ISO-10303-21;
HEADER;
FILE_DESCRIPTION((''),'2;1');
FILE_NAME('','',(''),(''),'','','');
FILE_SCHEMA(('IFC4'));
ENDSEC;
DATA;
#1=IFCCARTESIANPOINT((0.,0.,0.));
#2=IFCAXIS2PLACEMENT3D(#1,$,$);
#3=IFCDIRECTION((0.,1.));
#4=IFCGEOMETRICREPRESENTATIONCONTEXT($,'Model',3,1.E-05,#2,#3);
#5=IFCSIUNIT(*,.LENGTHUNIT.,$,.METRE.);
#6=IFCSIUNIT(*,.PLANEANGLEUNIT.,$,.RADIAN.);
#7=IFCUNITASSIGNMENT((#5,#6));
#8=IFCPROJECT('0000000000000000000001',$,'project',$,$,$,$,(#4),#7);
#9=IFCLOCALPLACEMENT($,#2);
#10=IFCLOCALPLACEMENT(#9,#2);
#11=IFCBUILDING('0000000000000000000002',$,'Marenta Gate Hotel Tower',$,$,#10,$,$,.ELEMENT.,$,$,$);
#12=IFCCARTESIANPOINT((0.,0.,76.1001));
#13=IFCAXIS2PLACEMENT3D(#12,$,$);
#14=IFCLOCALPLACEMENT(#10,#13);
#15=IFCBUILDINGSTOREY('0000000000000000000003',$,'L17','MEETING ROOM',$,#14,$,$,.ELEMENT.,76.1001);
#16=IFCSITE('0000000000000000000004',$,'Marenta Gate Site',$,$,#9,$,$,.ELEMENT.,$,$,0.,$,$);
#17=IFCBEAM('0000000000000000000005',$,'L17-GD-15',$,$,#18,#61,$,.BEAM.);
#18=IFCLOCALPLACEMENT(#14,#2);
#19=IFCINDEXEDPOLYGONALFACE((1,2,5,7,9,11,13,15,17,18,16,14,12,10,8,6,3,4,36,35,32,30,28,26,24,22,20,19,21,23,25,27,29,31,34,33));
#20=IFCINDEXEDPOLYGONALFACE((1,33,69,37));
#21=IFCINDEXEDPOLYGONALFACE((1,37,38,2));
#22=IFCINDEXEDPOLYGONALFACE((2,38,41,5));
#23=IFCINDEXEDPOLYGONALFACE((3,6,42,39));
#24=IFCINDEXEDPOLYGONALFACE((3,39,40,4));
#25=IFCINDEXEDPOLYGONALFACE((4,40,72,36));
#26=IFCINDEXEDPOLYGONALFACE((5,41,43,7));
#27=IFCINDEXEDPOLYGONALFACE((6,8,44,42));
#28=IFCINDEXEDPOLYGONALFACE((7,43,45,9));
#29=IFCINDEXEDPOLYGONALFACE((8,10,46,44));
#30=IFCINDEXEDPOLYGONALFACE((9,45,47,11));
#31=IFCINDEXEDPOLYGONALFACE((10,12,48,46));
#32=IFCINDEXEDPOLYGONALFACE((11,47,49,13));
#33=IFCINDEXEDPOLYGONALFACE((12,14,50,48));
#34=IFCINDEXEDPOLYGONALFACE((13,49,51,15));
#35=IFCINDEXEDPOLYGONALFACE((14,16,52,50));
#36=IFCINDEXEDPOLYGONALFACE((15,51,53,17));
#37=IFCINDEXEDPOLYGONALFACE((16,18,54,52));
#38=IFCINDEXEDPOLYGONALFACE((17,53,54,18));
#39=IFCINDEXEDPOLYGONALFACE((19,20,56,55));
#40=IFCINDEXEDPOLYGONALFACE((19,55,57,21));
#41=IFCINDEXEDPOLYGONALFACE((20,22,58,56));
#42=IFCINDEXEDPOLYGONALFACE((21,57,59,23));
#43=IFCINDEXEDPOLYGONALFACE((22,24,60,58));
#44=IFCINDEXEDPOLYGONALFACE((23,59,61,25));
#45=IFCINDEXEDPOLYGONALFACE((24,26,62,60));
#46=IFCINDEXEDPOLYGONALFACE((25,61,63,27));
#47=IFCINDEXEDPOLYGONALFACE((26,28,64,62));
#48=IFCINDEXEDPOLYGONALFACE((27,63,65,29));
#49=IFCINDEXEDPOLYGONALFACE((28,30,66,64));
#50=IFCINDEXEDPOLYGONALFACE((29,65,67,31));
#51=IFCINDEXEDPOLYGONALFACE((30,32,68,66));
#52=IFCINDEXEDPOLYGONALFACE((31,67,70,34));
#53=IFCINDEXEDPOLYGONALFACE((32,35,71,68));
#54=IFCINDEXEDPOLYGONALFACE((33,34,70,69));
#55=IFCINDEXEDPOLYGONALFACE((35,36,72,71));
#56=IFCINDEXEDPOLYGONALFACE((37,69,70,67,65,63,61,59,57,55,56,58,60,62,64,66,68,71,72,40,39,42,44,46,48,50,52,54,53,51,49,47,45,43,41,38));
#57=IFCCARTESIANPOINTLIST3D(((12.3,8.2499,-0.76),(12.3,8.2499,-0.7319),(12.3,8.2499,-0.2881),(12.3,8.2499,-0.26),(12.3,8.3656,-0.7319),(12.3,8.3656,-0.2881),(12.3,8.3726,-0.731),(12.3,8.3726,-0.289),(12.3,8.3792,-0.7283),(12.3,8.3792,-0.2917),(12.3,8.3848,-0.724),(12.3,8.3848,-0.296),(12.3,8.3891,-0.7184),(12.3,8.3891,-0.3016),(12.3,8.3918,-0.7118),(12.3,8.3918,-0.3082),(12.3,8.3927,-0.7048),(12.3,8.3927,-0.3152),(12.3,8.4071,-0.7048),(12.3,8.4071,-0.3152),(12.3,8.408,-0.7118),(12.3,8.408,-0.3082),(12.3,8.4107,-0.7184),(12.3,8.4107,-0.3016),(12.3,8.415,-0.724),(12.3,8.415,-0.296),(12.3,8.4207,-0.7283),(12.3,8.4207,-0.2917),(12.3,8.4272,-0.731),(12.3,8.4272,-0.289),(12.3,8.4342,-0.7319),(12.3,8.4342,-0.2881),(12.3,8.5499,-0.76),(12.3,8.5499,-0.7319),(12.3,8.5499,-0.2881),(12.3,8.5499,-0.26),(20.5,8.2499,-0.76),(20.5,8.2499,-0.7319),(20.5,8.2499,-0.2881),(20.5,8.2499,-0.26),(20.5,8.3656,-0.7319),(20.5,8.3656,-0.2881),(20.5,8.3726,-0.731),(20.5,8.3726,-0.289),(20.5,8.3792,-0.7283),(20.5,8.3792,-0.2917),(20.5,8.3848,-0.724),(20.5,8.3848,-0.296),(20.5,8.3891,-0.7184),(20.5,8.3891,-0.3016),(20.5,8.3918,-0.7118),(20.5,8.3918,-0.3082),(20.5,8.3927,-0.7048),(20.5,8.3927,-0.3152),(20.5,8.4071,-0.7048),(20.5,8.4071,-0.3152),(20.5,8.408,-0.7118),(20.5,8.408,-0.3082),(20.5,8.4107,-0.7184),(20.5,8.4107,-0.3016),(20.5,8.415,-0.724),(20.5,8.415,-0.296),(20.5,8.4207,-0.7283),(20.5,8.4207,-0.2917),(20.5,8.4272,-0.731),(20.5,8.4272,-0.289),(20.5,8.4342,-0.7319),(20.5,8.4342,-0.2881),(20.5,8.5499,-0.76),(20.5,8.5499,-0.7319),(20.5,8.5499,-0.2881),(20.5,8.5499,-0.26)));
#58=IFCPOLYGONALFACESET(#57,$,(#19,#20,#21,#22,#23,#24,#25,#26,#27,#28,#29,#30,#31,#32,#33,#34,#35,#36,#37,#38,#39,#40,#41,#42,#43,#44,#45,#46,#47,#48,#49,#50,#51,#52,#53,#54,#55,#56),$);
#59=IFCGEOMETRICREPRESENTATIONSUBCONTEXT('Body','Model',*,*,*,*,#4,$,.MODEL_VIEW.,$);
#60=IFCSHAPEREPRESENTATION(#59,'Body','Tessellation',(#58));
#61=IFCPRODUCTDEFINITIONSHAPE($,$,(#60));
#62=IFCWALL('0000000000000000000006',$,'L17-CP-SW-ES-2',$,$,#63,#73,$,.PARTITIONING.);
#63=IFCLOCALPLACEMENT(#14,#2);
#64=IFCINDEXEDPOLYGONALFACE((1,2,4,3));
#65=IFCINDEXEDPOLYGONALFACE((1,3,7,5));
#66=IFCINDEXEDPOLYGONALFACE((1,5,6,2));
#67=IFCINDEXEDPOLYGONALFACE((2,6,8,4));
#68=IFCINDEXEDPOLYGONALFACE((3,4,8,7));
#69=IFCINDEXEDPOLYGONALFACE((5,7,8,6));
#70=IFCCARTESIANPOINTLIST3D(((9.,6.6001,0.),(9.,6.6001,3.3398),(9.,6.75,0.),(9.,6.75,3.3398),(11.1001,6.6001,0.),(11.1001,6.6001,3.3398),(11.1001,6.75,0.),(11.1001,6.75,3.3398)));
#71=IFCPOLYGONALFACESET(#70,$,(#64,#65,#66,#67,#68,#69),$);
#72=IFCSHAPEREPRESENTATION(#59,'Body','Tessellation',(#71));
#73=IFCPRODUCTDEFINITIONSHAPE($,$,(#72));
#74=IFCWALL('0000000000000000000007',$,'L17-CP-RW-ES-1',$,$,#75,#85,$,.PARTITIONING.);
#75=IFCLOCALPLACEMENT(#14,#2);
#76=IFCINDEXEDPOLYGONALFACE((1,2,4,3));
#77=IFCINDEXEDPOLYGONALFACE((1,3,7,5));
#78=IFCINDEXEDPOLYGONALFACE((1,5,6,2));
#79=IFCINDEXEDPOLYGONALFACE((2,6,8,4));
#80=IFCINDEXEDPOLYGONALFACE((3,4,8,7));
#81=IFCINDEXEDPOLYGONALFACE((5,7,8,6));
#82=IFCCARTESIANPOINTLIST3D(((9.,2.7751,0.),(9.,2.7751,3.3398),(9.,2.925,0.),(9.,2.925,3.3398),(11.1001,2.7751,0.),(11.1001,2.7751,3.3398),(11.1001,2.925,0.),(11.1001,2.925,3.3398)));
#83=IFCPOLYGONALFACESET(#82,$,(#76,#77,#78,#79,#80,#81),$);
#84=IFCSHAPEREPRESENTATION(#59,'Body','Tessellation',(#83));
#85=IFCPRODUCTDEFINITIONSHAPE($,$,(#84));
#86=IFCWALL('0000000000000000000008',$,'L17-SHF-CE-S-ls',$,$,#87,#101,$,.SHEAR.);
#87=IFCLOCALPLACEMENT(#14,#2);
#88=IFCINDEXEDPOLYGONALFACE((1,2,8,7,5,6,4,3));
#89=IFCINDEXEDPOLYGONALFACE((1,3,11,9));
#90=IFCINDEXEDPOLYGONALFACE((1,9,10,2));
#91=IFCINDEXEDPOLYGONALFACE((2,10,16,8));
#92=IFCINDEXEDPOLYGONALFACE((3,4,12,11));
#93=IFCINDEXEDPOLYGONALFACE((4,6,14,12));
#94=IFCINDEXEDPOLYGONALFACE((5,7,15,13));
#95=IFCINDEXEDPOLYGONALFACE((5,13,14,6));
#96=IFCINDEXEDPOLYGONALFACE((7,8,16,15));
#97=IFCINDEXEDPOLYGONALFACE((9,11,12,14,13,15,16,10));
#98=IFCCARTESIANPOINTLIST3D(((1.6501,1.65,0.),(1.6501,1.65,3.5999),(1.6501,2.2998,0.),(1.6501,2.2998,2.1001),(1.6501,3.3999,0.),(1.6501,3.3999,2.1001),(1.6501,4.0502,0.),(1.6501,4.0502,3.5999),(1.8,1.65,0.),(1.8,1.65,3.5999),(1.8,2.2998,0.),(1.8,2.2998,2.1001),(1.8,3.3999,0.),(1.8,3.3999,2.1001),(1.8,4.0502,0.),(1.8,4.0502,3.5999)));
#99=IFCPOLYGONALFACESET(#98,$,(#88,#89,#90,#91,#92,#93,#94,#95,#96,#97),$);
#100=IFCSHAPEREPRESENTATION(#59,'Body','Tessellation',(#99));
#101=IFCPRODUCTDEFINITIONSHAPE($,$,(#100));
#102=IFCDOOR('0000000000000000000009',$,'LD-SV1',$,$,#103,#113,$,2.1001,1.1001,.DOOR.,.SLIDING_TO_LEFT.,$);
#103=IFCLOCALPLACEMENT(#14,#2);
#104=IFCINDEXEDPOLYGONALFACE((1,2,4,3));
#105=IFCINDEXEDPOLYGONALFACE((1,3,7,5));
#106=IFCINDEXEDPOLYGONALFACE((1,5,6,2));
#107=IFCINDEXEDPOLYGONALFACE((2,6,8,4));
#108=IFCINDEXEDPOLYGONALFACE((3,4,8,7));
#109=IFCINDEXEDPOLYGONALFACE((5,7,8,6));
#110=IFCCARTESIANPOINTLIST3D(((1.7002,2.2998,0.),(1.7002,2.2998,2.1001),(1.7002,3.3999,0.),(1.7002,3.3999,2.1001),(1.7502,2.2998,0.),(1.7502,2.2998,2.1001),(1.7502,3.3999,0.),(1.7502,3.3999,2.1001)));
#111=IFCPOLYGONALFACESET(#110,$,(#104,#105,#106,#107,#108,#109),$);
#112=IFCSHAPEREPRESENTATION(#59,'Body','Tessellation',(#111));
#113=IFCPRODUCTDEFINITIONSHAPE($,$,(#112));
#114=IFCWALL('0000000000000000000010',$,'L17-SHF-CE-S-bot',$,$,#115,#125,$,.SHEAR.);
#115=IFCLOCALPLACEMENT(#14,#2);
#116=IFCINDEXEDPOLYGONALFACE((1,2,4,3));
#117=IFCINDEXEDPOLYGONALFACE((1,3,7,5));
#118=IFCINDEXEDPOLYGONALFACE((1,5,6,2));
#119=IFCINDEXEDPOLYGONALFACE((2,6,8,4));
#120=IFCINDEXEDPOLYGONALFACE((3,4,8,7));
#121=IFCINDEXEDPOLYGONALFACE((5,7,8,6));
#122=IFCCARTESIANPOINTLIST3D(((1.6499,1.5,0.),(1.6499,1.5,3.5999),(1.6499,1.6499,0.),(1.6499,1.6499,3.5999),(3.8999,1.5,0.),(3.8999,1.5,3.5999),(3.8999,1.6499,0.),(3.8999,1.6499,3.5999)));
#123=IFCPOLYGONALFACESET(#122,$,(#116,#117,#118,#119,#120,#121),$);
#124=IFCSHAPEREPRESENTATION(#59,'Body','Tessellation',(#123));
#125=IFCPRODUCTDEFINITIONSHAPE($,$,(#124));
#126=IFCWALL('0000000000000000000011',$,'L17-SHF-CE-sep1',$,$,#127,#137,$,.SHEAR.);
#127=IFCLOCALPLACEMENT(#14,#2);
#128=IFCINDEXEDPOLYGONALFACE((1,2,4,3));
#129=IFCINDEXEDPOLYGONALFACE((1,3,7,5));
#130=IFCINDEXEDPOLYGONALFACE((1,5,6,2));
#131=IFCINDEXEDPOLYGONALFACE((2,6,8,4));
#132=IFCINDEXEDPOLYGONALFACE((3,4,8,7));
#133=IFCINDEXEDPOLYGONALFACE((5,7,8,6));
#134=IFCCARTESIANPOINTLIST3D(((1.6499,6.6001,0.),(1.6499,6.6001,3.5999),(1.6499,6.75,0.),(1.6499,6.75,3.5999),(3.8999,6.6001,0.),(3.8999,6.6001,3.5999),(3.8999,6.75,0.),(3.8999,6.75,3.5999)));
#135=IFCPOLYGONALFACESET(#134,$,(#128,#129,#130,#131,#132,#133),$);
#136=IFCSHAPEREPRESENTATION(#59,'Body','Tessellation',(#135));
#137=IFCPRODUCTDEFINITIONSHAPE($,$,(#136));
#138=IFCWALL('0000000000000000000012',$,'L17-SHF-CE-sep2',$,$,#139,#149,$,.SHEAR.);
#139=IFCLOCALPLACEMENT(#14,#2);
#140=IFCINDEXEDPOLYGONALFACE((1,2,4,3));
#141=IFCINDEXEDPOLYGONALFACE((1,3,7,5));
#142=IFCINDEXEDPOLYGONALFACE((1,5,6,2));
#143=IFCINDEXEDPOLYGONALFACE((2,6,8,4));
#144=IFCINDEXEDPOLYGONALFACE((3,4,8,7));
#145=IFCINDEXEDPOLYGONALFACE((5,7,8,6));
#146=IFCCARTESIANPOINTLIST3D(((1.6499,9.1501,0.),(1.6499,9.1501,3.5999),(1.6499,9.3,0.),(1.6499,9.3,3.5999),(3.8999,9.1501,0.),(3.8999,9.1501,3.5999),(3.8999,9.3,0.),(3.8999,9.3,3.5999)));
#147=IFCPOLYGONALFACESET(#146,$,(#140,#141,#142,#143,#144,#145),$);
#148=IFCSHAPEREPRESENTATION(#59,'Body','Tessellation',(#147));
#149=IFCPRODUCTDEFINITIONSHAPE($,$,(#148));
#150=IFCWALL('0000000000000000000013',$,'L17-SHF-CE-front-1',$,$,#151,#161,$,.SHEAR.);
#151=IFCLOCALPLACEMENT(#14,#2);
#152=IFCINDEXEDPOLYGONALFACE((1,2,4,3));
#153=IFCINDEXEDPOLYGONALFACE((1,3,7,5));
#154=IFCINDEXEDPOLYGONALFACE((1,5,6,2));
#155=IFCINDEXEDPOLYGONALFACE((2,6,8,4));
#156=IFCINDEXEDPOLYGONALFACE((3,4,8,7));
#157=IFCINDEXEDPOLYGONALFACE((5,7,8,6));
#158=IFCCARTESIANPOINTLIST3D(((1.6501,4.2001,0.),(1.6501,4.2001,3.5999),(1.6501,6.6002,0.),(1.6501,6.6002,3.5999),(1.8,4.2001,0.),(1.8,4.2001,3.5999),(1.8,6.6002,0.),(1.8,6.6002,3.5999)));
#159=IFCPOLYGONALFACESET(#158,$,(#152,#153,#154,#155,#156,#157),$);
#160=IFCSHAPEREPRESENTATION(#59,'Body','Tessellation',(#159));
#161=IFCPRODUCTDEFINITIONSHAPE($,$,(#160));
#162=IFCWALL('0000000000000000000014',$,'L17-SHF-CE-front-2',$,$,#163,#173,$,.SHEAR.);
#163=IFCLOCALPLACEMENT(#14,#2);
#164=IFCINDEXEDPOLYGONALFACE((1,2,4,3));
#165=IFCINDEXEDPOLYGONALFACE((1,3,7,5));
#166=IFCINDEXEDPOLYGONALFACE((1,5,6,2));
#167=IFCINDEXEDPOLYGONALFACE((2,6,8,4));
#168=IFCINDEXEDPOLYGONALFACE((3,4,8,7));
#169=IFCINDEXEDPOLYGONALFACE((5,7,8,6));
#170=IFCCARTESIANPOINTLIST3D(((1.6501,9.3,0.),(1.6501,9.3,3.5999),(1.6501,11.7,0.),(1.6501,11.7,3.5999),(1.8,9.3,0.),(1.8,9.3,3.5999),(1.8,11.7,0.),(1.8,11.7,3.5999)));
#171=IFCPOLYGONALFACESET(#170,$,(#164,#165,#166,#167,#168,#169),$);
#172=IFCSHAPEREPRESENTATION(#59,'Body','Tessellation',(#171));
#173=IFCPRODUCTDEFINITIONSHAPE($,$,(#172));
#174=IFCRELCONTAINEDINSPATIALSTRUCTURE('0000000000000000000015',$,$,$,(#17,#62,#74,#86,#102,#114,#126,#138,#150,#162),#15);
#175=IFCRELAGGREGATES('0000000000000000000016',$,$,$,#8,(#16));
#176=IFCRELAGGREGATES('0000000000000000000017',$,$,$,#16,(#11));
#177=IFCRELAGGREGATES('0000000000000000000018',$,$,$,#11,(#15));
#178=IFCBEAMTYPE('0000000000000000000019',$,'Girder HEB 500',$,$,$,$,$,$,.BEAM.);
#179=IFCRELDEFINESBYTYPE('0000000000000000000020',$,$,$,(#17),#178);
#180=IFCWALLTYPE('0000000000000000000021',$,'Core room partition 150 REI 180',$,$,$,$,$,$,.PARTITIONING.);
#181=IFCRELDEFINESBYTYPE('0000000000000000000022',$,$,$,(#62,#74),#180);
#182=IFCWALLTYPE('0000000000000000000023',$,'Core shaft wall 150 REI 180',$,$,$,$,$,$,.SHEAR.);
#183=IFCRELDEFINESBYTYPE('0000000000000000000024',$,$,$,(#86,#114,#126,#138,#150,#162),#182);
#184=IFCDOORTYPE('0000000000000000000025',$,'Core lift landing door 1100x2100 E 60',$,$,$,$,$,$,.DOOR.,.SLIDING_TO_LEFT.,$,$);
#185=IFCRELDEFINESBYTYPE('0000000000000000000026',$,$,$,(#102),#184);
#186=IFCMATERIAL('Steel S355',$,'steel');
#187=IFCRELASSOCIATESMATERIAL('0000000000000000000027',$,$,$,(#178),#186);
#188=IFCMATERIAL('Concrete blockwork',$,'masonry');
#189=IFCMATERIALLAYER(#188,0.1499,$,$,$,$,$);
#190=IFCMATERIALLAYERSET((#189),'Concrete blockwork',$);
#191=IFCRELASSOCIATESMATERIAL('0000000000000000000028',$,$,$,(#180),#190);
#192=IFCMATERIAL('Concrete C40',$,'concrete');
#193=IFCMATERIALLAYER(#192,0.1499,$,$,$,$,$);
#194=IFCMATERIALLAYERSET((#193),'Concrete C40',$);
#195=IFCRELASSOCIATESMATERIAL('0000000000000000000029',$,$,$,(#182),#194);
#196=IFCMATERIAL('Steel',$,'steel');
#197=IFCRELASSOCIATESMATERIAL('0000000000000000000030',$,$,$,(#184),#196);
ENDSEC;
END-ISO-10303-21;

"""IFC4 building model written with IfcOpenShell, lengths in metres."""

from ifc_helpers import new_model, si_unit, direction, frame, frame_2d, origin, origin_2d, place, context, subcontext, project, spatial, rectangle, i_section, extrude, material, layer, layer_set, material_profile, profile_set, type_object, element, fill, save


model = new_model("IFC4")

# Units and contexts
model_context = context("Model", 3, precision=1e-05, world=origin(), true_north=direction((0.0, 1.0)))
body_context = subcontext(model_context, "Body", "Model", "MODEL_VIEW")
ifc_project = project(units=[si_unit("LENGTHUNIT", "METRE"), si_unit("PLANEANGLEUNIT", "RADIAN")], contexts=[model_context])

# Site, building, storey
site_placement = place(None, origin())
site = spatial("IfcSite", under=ifc_project, at=site_placement, Name="Marenta Gate Site", CompositionType="ELEMENT", RefElevation=0.0)
building_placement = place(site_placement, origin())
building = spatial("IfcBuilding", under=site, at=building_placement, Name="Marenta Gate Hotel Tower", CompositionType="ELEMENT")
storey_placement = place(building_placement, frame((0.0, 0.0, 76.1001)))
storey = spatial("IfcBuildingStorey", under=building, at=storey_placement, Name="L17", Description="MEETING ROOM", CompositionType="ELEMENT", Elevation=76.1001)

# Beam
ifc_material_1 = material(Name="Steel S355", Category="steel")
ifc_material_profile = material_profile(ifc_material_1, i_section(OverallWidth=0.3, OverallDepth=0.5, WebThickness=0.0144, FlangeThickness=0.0281, FilletRadius=0.0271, at=origin_2d()), Name="HEB 500")
ifc_profile_set = profile_set([ifc_material_profile], Name="Steel S355")
beam_type = type_object("IfcBeamType", Name="Girder HEB 500", PredefinedType="BEAM", material=ifc_profile_set)
beam_placement = place(storey_placement, frame((12.3, 8.3999, -0.51), z_axis=(1.0, 0.0, 0.0), x_axis=(0.0, 1.0, 0.0)))
element("IfcBeam", 1, at=beam_placement, inside=storey, type_object=beam_type, Name="L17-GD-15", PredefinedType="BEAM", context=body_context, shape_type="SweptSolid", body=[
    extrude(i_section(OverallWidth=0.3, OverallDepth=0.5, WebThickness=0.0144, FlangeThickness=0.0281, FilletRadius=0.0271, at=origin_2d()), origin(), (0.0, 0.0, 1.0), 8.2),
])

# Walls
ifc_material_2 = material(Name="Concrete blockwork", Category="masonry")
ifc_layer_1 = layer(ifc_material_2, 0.1499)
ifc_layer_set_1 = layer_set([ifc_layer_1], Name="Concrete blockwork")
wall_type_1 = type_object("IfcWallType", Name="Core room partition 150 REI 180", PredefinedType="PARTITIONING", material=ifc_layer_set_1)
for number, where, z_axis, x_axis, name in (
    (2, (9.0, 6.675, 0.0), (0.0, 0.0, 1.0), (1.0, 0.0, 0.0), "L17-CP-SW-ES-2"),
    (3, (9.0, 2.8501, 0.0), (0.0, 0.0, 1.0), (1.0, 0.0, 0.0), "L17-CP-RW-ES-1"),
):
    element("IfcWall", number, at=place(storey_placement, frame(where, z_axis=z_axis, x_axis=x_axis)), inside=storey, type_object=wall_type_1, Name=name, PredefinedType="PARTITIONING", context=body_context, shape_type="SweptSolid", body=[
        extrude(rectangle(XDim=2.1001, YDim=0.1499, at=frame_2d((1.05, 0.0))), origin(), (0.0, 0.0, 1.0), 3.3398),
    ])

# Wall, opening, door
ifc_material_3 = material(Name="Concrete C40", Category="concrete")
ifc_layer_2 = layer(ifc_material_3, 0.1499)
ifc_layer_set_2 = layer_set([ifc_layer_2], Name="Concrete C40")
wall_type_2 = type_object("IfcWallType", Name="Core shaft wall 150 REI 180", PredefinedType="SHEAR", material=ifc_layer_set_2)
wall_1_placement = place(storey_placement, frame((1.7251, 1.6499, 0.0), z_axis=(0.0, 0.0, 1.0), x_axis=(0.0, 1.0, 0.0)))
wall_1 = element("IfcWall", 4, at=wall_1_placement, inside=storey, type_object=wall_type_2, Name="L17-SHF-CE-S-ls", PredefinedType="SHEAR", context=body_context, shape_type="SweptSolid", body=[
    extrude(rectangle(XDim=2.4001, YDim=0.1499, at=frame_2d((1.2002, 0.0))), origin(), (0.0, 0.0, 1.0), 3.5999),
])
opening_1_placement = place(wall_1_placement, frame((0.6499, 0.0, 0.0)))
opening_1 = element("IfcOpeningElement", 5, at=opening_1_placement, cuts=wall_1, PredefinedType="OPENING", context=body_context, shape_type="SweptSolid", body=[
    extrude(rectangle(XDim=1.1001, YDim=2.1001, at=frame_2d((0.55, 1.05))), frame((0.0, 0.075, 0.0), z_axis=(0.0, -1.0, 0.0), x_axis=(1.0, 0.0, 0.0)), (0.0, 0.0, 1.0), 0.1499),
])
ifc_material_4 = material(Name="Steel", Category="steel")
door_type_1 = type_object("IfcDoorType", Name="Core lift landing door 1100x2100 E 60", OperationType="SLIDING_TO_LEFT", PredefinedType="DOOR", material=ifc_material_4)
door_1_placement = place(opening_1_placement, origin())
door_1 = element("IfcDoor", 6, at=door_1_placement, inside=storey, type_object=door_type_1, Name="LD-SV1", OperationType="SLIDING_TO_LEFT", OverallHeight=2.1001, OverallWidth=1.1001, PredefinedType="DOOR", context=body_context, shape_type="SweptSolid", body=[
    extrude(rectangle(XDim=1.1001, YDim=2.1001, at=frame_2d((0.55, 1.05))), frame((0.0, 0.0249, 0.0), z_axis=(0.0, -1.0, 0.0), x_axis=(1.0, 0.0, 0.0)), (0.0, 0.0, 1.0), 0.05),
])
fill(opening_1, door_1)

# Walls
for number, where, z_axis, x_axis, name in (
    (7, (1.6499, 1.575, 0.0), (0.0, 0.0, 1.0), (1.0, 0.0, 0.0), "L17-SHF-CE-S-bot"),
    (8, (1.6499, 6.675, 0.0), (0.0, 0.0, 1.0), (1.0, 0.0, 0.0), "L17-SHF-CE-sep1"),
    (9, (1.6499, 9.2251, 0.0), (0.0, 0.0, 1.0), (1.0, 0.0, 0.0), "L17-SHF-CE-sep2"),
):
    element("IfcWall", number, at=place(storey_placement, frame(where, z_axis=z_axis, x_axis=x_axis)), inside=storey, type_object=wall_type_2, Name=name, PredefinedType="SHEAR", context=body_context, shape_type="SweptSolid", body=[
        extrude(rectangle(XDim=2.25, YDim=0.1499, at=frame_2d((1.125, 0.0))), origin(), (0.0, 0.0, 1.0), 3.5999),
    ])
wall_2_placement = place(storey_placement, frame((1.7251, 4.2, 0.0), z_axis=(0.0, 0.0, 1.0), x_axis=(0.0, 1.0, 0.0)))
element("IfcWall", 10, at=wall_2_placement, inside=storey, type_object=wall_type_2, Name="L17-SHF-CE-front-1", PredefinedType="SHEAR", context=body_context, shape_type="SweptSolid", body=[
    extrude(rectangle(XDim=2.4001, YDim=0.1499, at=frame_2d((1.2002, 0.0))), origin(), (0.0, 0.0, 1.0), 3.5999),
])
wall_3_placement = place(storey_placement, frame((1.7251, 9.3, 0.0), z_axis=(0.0, 0.0, 1.0), x_axis=(0.0, 1.0, 0.0)))
element("IfcWall", 11, at=wall_3_placement, inside=storey, type_object=wall_type_2, Name="L17-SHF-CE-front-2", PredefinedType="SHEAR", context=body_context, shape_type="SweptSolid", body=[
    extrude(rectangle(XDim=2.3999, YDim=0.1499, at=frame_2d((1.2, 0.0))), origin(), (0.0, 0.0, 1.0), 3.5999),
])

save(model, "model.ifc")
